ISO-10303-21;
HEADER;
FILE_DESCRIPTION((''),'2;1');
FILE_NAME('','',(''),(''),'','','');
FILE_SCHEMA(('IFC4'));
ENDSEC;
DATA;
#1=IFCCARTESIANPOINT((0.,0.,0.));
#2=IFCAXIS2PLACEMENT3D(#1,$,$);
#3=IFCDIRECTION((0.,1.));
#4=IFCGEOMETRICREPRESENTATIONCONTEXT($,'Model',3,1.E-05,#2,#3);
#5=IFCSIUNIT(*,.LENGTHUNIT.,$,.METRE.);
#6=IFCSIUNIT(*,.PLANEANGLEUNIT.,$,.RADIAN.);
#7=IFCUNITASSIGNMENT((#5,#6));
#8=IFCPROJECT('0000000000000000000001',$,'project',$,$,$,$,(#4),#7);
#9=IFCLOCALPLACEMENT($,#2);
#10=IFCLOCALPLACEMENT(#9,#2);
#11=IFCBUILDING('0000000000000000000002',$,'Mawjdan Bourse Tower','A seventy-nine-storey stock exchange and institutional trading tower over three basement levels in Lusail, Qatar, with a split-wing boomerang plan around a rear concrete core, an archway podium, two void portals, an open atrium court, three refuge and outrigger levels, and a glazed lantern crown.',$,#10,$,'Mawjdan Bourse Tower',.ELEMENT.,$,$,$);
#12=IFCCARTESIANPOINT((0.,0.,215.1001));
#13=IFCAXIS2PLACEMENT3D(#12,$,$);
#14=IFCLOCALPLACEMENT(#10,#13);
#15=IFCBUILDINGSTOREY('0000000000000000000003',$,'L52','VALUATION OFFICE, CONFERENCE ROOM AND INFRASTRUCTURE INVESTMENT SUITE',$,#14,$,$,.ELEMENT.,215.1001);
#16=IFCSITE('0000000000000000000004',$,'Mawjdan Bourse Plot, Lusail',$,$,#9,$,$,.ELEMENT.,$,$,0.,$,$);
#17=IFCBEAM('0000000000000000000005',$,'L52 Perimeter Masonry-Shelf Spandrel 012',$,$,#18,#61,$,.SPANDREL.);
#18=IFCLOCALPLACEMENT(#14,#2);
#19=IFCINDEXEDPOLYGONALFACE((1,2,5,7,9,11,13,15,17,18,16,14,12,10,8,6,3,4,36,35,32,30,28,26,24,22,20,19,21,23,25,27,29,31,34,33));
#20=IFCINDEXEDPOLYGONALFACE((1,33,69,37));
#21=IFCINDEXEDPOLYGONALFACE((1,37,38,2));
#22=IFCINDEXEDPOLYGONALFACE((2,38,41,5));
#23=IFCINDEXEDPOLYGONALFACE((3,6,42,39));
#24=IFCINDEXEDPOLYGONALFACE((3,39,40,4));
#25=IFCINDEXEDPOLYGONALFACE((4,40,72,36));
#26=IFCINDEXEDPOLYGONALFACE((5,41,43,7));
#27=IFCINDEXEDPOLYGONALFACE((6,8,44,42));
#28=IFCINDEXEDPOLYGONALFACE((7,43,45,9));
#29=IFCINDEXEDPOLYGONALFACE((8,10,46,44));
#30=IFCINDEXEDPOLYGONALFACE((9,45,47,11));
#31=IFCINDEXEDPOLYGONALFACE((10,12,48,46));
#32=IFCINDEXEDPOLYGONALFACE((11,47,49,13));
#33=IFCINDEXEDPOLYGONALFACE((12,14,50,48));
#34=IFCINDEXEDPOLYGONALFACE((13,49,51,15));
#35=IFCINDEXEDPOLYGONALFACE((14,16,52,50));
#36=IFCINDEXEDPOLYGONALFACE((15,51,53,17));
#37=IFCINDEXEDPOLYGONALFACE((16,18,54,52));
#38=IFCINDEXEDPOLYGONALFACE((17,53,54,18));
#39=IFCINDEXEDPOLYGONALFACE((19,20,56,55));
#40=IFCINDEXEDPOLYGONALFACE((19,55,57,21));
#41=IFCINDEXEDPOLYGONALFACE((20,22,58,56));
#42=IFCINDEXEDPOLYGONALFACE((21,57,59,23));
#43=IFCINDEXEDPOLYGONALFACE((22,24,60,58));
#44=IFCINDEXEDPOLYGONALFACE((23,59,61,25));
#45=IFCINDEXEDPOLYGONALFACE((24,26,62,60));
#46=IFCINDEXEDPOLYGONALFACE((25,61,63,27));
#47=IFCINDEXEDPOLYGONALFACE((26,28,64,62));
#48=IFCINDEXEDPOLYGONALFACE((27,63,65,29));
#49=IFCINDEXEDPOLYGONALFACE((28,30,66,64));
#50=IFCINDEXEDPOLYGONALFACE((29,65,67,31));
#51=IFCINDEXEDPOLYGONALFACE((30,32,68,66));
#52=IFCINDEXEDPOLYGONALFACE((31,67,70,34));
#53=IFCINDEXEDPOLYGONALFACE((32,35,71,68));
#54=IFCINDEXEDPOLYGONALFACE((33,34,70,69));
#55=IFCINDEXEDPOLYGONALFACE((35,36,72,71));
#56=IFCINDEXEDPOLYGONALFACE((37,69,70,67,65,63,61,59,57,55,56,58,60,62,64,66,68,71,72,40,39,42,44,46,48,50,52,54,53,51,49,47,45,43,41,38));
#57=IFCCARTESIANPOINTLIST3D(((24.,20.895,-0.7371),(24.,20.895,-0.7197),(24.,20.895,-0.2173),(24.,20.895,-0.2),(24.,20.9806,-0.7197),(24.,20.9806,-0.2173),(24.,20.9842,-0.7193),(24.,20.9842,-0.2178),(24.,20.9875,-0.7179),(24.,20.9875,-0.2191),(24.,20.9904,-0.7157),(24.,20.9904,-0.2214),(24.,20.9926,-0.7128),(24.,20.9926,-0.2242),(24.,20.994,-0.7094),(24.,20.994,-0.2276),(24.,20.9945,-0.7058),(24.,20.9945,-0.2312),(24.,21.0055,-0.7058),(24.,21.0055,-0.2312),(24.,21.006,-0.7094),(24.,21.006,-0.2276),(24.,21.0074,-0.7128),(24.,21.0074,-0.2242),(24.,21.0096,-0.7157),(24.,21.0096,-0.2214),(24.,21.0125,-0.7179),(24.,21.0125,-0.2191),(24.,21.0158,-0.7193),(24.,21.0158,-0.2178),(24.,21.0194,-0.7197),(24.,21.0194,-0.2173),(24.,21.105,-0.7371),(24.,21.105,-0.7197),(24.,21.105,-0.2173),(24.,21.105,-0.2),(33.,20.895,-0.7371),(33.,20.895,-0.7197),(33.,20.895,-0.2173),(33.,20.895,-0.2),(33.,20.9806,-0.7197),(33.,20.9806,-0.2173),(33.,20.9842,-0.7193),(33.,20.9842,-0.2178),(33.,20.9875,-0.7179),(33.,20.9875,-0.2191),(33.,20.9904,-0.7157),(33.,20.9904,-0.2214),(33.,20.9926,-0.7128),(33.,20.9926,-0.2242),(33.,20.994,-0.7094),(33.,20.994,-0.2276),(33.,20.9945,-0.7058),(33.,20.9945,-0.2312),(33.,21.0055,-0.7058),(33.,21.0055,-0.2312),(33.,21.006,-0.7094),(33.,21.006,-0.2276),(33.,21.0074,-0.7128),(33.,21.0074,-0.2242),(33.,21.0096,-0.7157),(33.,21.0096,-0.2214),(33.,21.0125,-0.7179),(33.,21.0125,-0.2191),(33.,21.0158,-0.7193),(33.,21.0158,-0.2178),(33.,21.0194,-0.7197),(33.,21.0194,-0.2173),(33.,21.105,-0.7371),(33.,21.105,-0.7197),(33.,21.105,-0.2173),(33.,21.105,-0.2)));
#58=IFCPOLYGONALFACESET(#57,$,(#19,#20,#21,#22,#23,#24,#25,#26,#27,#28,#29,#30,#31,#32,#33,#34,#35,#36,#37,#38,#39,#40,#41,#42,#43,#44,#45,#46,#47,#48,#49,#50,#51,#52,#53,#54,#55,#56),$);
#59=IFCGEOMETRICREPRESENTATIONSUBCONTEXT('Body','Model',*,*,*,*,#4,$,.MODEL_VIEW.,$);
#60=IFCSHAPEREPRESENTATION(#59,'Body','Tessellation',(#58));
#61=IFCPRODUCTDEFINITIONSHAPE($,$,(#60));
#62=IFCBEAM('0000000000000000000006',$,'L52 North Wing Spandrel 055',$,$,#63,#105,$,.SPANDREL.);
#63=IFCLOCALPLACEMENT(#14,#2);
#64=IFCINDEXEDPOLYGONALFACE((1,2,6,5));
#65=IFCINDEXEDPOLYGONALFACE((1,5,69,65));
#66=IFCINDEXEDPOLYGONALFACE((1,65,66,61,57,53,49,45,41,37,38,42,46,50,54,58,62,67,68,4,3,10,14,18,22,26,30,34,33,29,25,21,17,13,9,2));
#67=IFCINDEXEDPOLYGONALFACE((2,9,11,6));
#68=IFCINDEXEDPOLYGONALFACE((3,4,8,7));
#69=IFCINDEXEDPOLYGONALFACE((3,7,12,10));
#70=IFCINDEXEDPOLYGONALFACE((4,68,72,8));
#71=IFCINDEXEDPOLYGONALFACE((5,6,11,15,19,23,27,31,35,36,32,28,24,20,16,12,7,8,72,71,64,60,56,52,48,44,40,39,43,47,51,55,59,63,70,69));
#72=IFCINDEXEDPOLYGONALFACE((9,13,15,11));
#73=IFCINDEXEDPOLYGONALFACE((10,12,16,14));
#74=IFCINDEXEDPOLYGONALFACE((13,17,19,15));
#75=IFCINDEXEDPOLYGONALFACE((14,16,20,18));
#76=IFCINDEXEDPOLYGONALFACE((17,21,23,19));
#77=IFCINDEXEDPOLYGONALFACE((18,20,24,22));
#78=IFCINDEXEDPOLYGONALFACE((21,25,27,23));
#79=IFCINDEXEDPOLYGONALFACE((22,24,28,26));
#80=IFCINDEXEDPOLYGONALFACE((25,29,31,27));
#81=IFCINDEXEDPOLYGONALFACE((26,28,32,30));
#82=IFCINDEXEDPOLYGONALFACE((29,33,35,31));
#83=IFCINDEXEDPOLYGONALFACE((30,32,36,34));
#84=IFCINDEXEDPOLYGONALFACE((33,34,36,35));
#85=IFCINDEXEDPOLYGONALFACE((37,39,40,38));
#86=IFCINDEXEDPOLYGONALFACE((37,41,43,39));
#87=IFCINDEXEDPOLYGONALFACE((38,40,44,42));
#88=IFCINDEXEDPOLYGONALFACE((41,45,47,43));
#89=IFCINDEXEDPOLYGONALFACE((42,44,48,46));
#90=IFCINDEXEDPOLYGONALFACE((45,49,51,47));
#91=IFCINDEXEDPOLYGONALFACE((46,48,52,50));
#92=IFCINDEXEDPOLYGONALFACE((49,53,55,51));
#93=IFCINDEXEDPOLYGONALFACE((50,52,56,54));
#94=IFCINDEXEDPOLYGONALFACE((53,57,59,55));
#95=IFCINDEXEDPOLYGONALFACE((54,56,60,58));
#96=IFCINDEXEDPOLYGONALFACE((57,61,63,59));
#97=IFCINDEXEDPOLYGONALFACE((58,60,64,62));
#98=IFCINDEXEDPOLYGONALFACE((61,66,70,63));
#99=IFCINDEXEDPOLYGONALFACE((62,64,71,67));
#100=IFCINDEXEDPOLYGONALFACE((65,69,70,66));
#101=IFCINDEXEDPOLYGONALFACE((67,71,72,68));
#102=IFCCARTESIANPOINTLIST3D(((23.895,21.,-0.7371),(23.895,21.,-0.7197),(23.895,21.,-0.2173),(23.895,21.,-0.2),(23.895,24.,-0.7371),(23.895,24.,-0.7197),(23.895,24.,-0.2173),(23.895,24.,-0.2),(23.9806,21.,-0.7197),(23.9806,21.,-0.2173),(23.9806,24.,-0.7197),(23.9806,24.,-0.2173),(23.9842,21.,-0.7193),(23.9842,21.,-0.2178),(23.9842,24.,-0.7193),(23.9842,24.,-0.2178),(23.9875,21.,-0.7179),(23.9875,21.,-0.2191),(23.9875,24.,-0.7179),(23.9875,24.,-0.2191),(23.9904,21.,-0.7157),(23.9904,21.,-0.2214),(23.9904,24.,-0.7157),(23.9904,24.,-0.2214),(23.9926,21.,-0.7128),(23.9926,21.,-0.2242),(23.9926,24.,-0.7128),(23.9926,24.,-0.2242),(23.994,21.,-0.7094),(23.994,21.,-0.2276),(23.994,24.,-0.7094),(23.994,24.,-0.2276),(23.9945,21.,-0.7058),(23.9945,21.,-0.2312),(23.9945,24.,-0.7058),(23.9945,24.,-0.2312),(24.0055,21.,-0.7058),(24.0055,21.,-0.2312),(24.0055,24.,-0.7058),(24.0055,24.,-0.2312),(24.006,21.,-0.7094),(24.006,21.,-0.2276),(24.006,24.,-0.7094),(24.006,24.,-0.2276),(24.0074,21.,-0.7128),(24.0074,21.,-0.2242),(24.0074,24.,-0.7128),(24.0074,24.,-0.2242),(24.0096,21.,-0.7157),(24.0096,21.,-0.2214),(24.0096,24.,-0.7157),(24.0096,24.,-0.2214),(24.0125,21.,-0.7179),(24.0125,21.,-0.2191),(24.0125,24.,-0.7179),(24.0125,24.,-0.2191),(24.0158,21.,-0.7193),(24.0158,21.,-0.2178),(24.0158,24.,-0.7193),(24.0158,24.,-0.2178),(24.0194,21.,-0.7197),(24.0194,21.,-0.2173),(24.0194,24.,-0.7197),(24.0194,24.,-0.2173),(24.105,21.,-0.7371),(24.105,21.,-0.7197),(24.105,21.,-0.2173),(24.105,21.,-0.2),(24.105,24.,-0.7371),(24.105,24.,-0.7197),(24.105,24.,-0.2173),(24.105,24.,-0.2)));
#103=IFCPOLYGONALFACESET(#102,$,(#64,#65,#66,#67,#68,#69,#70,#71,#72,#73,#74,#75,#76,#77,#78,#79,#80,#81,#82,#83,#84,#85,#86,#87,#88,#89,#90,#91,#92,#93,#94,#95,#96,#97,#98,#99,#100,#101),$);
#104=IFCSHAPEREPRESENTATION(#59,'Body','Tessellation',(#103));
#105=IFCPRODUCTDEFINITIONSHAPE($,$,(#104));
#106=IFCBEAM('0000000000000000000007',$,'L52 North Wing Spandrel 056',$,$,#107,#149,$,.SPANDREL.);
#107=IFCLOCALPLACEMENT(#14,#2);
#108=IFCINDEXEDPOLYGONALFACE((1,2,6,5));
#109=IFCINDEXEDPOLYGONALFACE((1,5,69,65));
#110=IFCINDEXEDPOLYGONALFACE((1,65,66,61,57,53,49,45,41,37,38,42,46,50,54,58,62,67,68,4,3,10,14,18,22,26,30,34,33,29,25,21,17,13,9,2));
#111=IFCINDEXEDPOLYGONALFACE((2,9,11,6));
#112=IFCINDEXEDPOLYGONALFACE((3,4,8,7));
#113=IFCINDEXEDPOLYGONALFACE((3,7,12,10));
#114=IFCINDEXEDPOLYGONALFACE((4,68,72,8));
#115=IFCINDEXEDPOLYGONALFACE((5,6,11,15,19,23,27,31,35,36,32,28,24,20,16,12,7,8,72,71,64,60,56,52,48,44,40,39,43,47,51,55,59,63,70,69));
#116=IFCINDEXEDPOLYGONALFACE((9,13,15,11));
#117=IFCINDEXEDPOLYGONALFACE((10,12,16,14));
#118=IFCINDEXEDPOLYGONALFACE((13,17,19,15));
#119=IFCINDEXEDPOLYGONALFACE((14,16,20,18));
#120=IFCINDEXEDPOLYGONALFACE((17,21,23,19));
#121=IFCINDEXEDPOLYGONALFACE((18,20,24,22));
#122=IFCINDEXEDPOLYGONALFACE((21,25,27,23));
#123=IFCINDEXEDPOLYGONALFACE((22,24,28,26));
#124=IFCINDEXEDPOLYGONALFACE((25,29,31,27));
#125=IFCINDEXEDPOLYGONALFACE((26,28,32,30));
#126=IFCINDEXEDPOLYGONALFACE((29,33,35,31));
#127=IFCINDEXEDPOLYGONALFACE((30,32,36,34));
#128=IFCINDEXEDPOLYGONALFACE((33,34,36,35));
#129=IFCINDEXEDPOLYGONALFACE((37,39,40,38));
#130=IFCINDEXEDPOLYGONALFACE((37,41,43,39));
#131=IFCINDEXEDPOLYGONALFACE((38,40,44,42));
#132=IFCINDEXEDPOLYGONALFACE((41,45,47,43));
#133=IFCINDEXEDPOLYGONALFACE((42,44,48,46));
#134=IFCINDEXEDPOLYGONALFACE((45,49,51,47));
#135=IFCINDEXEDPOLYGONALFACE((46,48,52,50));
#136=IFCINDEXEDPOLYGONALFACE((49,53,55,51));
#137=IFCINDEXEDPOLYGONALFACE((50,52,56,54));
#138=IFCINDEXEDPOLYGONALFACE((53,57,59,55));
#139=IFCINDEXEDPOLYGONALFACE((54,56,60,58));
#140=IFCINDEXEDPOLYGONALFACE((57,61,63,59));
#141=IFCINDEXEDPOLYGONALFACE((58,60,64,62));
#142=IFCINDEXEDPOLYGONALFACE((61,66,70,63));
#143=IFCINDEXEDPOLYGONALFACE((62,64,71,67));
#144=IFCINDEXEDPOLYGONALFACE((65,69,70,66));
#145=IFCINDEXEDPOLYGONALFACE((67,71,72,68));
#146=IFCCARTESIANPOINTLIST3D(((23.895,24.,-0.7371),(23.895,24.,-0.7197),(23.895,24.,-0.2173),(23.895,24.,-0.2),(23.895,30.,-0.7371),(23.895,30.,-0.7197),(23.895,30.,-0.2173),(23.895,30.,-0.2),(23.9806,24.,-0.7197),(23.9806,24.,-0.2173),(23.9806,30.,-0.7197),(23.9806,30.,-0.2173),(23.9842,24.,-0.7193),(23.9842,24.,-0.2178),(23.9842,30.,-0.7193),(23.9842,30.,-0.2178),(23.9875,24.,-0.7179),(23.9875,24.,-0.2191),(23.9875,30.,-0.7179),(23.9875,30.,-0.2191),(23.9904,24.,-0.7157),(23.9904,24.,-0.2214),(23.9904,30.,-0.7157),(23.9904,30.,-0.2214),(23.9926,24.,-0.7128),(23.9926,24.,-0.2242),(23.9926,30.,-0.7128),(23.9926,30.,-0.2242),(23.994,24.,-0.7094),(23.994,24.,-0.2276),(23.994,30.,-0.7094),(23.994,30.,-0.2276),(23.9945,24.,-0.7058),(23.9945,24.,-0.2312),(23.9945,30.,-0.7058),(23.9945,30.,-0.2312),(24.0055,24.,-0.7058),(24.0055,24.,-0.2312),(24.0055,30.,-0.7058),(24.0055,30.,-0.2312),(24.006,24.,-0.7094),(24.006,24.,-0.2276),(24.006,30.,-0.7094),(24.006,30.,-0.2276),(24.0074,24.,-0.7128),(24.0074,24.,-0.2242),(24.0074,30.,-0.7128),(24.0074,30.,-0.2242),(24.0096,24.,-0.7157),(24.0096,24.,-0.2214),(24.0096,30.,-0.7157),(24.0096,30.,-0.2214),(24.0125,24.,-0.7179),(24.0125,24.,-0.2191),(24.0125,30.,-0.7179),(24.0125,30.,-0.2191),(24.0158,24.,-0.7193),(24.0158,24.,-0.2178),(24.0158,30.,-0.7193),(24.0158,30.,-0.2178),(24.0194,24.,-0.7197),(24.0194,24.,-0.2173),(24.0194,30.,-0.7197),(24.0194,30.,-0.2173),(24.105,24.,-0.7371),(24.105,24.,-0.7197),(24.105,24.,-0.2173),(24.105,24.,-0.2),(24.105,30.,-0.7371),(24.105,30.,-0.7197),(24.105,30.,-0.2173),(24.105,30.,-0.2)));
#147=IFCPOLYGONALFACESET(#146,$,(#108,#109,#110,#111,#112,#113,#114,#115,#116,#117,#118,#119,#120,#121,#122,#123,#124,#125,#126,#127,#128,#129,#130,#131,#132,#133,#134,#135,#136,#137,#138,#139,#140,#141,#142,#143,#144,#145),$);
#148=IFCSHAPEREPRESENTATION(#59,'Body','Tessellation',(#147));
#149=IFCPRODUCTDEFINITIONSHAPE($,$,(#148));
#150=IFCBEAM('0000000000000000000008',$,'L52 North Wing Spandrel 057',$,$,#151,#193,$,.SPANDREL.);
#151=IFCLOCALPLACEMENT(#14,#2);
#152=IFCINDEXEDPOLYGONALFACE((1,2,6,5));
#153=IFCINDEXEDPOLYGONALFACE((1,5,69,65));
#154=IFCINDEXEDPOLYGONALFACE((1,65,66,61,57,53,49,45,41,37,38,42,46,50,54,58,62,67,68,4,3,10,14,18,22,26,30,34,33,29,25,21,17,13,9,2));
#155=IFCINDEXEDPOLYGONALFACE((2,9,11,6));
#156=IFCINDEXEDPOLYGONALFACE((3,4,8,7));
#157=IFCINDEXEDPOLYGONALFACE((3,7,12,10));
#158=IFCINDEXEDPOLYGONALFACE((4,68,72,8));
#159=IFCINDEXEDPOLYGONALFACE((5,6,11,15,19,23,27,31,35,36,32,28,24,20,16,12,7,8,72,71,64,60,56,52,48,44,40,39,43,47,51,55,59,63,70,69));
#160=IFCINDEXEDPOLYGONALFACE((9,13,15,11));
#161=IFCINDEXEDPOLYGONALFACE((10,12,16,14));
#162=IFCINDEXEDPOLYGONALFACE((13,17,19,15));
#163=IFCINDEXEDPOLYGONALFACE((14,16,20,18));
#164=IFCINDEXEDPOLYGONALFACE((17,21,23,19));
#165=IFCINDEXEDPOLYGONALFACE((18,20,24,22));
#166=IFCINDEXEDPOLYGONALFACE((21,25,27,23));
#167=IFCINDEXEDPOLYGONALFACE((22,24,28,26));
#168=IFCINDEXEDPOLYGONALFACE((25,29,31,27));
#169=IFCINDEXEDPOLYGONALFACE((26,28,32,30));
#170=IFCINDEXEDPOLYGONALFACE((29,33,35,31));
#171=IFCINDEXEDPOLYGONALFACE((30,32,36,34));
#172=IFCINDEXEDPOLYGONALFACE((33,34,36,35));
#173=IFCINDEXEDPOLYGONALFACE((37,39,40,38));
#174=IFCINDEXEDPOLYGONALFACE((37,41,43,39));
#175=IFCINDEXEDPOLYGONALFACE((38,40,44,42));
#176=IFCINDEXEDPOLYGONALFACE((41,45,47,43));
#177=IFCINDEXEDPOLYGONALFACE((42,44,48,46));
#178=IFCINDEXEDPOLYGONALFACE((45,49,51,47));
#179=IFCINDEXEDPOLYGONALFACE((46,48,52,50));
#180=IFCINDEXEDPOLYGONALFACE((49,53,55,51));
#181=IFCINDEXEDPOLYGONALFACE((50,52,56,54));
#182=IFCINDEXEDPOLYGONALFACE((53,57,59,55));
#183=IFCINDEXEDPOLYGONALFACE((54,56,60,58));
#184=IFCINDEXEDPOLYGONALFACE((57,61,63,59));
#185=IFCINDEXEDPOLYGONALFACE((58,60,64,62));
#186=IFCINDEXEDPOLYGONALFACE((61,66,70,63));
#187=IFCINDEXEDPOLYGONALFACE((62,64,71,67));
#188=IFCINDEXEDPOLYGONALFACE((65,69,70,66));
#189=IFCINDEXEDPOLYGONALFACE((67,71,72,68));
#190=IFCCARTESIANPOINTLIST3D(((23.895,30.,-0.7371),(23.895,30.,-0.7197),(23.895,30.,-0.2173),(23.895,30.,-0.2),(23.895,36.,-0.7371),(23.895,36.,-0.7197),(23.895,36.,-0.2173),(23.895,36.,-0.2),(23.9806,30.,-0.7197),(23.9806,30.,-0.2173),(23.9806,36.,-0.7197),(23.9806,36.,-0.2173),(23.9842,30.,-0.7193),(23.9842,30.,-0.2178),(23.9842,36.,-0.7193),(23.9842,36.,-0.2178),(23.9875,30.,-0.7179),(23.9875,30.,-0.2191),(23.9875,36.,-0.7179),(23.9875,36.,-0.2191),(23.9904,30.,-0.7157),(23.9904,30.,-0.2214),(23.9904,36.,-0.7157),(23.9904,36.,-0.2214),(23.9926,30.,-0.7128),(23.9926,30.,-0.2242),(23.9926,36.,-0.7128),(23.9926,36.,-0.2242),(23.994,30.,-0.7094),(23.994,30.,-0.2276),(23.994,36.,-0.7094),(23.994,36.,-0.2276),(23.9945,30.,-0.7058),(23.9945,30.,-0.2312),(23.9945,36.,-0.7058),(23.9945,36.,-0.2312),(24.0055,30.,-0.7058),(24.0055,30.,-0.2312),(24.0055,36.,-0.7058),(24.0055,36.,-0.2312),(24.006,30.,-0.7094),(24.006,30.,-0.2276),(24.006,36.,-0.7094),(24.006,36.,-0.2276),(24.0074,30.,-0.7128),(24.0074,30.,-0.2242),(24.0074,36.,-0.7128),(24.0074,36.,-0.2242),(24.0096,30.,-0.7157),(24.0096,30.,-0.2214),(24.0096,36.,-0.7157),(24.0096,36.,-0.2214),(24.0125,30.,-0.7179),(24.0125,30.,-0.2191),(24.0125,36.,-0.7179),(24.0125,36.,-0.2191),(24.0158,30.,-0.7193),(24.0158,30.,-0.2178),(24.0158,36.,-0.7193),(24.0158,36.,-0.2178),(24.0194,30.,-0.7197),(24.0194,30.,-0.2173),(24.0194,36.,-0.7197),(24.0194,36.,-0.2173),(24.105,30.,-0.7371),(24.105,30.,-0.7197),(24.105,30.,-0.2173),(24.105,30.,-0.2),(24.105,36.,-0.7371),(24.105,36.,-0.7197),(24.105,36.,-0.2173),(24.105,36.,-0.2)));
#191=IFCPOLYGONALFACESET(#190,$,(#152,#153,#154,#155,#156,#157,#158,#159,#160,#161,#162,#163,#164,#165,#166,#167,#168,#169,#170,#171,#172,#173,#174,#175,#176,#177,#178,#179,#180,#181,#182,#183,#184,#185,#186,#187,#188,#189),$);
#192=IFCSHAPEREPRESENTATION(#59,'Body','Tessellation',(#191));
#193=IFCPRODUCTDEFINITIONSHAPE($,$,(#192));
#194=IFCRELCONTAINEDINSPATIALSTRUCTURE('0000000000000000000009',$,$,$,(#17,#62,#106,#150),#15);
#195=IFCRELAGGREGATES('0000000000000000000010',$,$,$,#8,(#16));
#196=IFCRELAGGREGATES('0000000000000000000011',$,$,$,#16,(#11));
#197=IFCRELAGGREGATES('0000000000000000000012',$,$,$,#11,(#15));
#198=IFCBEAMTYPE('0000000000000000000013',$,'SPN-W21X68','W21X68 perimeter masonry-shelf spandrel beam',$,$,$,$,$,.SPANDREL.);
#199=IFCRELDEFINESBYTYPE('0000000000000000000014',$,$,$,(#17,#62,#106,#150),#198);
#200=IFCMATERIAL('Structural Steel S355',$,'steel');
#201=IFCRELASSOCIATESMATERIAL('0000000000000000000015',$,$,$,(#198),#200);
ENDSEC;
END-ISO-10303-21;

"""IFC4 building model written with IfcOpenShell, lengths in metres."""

from ifc_helpers import new_model, si_unit, direction, frame, origin, origin_2d, place, context, subcontext, project, spatial, i_section, extrude, material, material_profile, profile_set, type_object, element, save


model = new_model("IFC4")

# Units and contexts
model_context = context("Model", 3, precision=1e-05, world=origin(), true_north=direction((0.0, 1.0)))
body_context = subcontext(model_context, "Body", "Model", "MODEL_VIEW")
ifc_project = project(units=[si_unit("LENGTHUNIT", "METRE"), si_unit("PLANEANGLEUNIT", "RADIAN")], contexts=[model_context])

# Site, building, storey
site_placement = place(None, origin())
site = spatial("IfcSite", under=ifc_project, at=site_placement, Name="Mawjdan Bourse Plot, Lusail", CompositionType="ELEMENT", RefElevation=0.0)
building_placement = place(site_placement, origin())
building = spatial("IfcBuilding", under=site, at=building_placement, Name="Mawjdan Bourse Tower", Description="A seventy-nine-storey stock exchange and institutional trading tower over three basement levels in Lusail, Qatar, with a split-wing boomerang plan around a rear concrete core, an archway podium, two void portals, an open atrium court, three refuge and outrigger levels, and a glazed lantern crown.", LongName="Mawjdan Bourse Tower", CompositionType="ELEMENT")
storey_placement = place(building_placement, frame((0.0, 0.0, 215.1001)))
storey = spatial("IfcBuildingStorey", under=building, at=storey_placement, Name="L52", Description="VALUATION OFFICE, CONFERENCE ROOM AND INFRASTRUCTURE INVESTMENT SUITE", CompositionType="ELEMENT", Elevation=215.1001)

# Beams
ifc_material_1 = material(Name="Structural Steel S355", Category="steel")
ifc_material_profile_1 = material_profile(ifc_material_1, i_section(OverallWidth=0.21, OverallDepth=0.5371, WebThickness=0.011, FlangeThickness=0.0173, FilletRadius=0.0139, at=origin_2d()), Name="W21X68")
ifc_profile_set_1 = profile_set([ifc_material_profile_1], Name="Structural Steel S355")
beam_type_1 = type_object("IfcBeamType", Name="SPN-W21X68", Description="W21X68 perimeter masonry-shelf spandrel beam", PredefinedType="SPANDREL", material=ifc_profile_set_1)
beam_1_placement = place(storey_placement, frame((24.0, 21.0, -0.4685), z_axis=(1.0, 0.0, 0.0), x_axis=(0.0, 1.0, 0.0)))
element("IfcBeam", 1, at=beam_1_placement, inside=storey, type_object=beam_type_1, Name="L52 Perimeter Masonry-Shelf Spandrel 012", PredefinedType="SPANDREL", context=body_context, shape_type="SweptSolid", body=[
    extrude(i_section(OverallWidth=0.21, OverallDepth=0.5371, WebThickness=0.011, FlangeThickness=0.0173, FilletRadius=0.0139, at=origin_2d()), origin(), (0.0, 0.0, 1.0), 9.0),
])
beam_2_placement = place(storey_placement, frame((24.0, 21.0, -0.4685), z_axis=(0.0, 1.0, 0.0), x_axis=(-1.0, 0.0, 0.0)))
element("IfcBeam", 2, at=beam_2_placement, inside=storey, type_object=beam_type_1, Name="L52 North Wing Spandrel 055", PredefinedType="SPANDREL", context=body_context, shape_type="SweptSolid", body=[
    extrude(i_section(OverallWidth=0.21, OverallDepth=0.5371, WebThickness=0.011, FlangeThickness=0.0173, FilletRadius=0.0139, at=origin_2d()), origin(), (0.0, 0.0, 1.0), 3.0),
])
for number, where, z_axis, x_axis, name in (
    (3, (24.0, 24.0, -0.4685), (0.0, 1.0, 0.0), (-1.0, 0.0, 0.0), "L52 North Wing Spandrel 056"),
    (4, (24.0, 30.0, -0.4685), (0.0, 1.0, 0.0), (-1.0, 0.0, 0.0), "L52 North Wing Spandrel 057"),
):
    element("IfcBeam", number, at=place(storey_placement, frame(where, z_axis=z_axis, x_axis=x_axis)), inside=storey, type_object=beam_type_1, Name=name, PredefinedType="SPANDREL", context=body_context, shape_type="SweptSolid", body=[
        extrude(i_section(OverallWidth=0.21, OverallDepth=0.5371, WebThickness=0.011, FlangeThickness=0.0173, FilletRadius=0.0139, at=origin_2d()), origin(), (0.0, 0.0, 1.0), 6.0),
    ])

save(model, "model.ifc")
